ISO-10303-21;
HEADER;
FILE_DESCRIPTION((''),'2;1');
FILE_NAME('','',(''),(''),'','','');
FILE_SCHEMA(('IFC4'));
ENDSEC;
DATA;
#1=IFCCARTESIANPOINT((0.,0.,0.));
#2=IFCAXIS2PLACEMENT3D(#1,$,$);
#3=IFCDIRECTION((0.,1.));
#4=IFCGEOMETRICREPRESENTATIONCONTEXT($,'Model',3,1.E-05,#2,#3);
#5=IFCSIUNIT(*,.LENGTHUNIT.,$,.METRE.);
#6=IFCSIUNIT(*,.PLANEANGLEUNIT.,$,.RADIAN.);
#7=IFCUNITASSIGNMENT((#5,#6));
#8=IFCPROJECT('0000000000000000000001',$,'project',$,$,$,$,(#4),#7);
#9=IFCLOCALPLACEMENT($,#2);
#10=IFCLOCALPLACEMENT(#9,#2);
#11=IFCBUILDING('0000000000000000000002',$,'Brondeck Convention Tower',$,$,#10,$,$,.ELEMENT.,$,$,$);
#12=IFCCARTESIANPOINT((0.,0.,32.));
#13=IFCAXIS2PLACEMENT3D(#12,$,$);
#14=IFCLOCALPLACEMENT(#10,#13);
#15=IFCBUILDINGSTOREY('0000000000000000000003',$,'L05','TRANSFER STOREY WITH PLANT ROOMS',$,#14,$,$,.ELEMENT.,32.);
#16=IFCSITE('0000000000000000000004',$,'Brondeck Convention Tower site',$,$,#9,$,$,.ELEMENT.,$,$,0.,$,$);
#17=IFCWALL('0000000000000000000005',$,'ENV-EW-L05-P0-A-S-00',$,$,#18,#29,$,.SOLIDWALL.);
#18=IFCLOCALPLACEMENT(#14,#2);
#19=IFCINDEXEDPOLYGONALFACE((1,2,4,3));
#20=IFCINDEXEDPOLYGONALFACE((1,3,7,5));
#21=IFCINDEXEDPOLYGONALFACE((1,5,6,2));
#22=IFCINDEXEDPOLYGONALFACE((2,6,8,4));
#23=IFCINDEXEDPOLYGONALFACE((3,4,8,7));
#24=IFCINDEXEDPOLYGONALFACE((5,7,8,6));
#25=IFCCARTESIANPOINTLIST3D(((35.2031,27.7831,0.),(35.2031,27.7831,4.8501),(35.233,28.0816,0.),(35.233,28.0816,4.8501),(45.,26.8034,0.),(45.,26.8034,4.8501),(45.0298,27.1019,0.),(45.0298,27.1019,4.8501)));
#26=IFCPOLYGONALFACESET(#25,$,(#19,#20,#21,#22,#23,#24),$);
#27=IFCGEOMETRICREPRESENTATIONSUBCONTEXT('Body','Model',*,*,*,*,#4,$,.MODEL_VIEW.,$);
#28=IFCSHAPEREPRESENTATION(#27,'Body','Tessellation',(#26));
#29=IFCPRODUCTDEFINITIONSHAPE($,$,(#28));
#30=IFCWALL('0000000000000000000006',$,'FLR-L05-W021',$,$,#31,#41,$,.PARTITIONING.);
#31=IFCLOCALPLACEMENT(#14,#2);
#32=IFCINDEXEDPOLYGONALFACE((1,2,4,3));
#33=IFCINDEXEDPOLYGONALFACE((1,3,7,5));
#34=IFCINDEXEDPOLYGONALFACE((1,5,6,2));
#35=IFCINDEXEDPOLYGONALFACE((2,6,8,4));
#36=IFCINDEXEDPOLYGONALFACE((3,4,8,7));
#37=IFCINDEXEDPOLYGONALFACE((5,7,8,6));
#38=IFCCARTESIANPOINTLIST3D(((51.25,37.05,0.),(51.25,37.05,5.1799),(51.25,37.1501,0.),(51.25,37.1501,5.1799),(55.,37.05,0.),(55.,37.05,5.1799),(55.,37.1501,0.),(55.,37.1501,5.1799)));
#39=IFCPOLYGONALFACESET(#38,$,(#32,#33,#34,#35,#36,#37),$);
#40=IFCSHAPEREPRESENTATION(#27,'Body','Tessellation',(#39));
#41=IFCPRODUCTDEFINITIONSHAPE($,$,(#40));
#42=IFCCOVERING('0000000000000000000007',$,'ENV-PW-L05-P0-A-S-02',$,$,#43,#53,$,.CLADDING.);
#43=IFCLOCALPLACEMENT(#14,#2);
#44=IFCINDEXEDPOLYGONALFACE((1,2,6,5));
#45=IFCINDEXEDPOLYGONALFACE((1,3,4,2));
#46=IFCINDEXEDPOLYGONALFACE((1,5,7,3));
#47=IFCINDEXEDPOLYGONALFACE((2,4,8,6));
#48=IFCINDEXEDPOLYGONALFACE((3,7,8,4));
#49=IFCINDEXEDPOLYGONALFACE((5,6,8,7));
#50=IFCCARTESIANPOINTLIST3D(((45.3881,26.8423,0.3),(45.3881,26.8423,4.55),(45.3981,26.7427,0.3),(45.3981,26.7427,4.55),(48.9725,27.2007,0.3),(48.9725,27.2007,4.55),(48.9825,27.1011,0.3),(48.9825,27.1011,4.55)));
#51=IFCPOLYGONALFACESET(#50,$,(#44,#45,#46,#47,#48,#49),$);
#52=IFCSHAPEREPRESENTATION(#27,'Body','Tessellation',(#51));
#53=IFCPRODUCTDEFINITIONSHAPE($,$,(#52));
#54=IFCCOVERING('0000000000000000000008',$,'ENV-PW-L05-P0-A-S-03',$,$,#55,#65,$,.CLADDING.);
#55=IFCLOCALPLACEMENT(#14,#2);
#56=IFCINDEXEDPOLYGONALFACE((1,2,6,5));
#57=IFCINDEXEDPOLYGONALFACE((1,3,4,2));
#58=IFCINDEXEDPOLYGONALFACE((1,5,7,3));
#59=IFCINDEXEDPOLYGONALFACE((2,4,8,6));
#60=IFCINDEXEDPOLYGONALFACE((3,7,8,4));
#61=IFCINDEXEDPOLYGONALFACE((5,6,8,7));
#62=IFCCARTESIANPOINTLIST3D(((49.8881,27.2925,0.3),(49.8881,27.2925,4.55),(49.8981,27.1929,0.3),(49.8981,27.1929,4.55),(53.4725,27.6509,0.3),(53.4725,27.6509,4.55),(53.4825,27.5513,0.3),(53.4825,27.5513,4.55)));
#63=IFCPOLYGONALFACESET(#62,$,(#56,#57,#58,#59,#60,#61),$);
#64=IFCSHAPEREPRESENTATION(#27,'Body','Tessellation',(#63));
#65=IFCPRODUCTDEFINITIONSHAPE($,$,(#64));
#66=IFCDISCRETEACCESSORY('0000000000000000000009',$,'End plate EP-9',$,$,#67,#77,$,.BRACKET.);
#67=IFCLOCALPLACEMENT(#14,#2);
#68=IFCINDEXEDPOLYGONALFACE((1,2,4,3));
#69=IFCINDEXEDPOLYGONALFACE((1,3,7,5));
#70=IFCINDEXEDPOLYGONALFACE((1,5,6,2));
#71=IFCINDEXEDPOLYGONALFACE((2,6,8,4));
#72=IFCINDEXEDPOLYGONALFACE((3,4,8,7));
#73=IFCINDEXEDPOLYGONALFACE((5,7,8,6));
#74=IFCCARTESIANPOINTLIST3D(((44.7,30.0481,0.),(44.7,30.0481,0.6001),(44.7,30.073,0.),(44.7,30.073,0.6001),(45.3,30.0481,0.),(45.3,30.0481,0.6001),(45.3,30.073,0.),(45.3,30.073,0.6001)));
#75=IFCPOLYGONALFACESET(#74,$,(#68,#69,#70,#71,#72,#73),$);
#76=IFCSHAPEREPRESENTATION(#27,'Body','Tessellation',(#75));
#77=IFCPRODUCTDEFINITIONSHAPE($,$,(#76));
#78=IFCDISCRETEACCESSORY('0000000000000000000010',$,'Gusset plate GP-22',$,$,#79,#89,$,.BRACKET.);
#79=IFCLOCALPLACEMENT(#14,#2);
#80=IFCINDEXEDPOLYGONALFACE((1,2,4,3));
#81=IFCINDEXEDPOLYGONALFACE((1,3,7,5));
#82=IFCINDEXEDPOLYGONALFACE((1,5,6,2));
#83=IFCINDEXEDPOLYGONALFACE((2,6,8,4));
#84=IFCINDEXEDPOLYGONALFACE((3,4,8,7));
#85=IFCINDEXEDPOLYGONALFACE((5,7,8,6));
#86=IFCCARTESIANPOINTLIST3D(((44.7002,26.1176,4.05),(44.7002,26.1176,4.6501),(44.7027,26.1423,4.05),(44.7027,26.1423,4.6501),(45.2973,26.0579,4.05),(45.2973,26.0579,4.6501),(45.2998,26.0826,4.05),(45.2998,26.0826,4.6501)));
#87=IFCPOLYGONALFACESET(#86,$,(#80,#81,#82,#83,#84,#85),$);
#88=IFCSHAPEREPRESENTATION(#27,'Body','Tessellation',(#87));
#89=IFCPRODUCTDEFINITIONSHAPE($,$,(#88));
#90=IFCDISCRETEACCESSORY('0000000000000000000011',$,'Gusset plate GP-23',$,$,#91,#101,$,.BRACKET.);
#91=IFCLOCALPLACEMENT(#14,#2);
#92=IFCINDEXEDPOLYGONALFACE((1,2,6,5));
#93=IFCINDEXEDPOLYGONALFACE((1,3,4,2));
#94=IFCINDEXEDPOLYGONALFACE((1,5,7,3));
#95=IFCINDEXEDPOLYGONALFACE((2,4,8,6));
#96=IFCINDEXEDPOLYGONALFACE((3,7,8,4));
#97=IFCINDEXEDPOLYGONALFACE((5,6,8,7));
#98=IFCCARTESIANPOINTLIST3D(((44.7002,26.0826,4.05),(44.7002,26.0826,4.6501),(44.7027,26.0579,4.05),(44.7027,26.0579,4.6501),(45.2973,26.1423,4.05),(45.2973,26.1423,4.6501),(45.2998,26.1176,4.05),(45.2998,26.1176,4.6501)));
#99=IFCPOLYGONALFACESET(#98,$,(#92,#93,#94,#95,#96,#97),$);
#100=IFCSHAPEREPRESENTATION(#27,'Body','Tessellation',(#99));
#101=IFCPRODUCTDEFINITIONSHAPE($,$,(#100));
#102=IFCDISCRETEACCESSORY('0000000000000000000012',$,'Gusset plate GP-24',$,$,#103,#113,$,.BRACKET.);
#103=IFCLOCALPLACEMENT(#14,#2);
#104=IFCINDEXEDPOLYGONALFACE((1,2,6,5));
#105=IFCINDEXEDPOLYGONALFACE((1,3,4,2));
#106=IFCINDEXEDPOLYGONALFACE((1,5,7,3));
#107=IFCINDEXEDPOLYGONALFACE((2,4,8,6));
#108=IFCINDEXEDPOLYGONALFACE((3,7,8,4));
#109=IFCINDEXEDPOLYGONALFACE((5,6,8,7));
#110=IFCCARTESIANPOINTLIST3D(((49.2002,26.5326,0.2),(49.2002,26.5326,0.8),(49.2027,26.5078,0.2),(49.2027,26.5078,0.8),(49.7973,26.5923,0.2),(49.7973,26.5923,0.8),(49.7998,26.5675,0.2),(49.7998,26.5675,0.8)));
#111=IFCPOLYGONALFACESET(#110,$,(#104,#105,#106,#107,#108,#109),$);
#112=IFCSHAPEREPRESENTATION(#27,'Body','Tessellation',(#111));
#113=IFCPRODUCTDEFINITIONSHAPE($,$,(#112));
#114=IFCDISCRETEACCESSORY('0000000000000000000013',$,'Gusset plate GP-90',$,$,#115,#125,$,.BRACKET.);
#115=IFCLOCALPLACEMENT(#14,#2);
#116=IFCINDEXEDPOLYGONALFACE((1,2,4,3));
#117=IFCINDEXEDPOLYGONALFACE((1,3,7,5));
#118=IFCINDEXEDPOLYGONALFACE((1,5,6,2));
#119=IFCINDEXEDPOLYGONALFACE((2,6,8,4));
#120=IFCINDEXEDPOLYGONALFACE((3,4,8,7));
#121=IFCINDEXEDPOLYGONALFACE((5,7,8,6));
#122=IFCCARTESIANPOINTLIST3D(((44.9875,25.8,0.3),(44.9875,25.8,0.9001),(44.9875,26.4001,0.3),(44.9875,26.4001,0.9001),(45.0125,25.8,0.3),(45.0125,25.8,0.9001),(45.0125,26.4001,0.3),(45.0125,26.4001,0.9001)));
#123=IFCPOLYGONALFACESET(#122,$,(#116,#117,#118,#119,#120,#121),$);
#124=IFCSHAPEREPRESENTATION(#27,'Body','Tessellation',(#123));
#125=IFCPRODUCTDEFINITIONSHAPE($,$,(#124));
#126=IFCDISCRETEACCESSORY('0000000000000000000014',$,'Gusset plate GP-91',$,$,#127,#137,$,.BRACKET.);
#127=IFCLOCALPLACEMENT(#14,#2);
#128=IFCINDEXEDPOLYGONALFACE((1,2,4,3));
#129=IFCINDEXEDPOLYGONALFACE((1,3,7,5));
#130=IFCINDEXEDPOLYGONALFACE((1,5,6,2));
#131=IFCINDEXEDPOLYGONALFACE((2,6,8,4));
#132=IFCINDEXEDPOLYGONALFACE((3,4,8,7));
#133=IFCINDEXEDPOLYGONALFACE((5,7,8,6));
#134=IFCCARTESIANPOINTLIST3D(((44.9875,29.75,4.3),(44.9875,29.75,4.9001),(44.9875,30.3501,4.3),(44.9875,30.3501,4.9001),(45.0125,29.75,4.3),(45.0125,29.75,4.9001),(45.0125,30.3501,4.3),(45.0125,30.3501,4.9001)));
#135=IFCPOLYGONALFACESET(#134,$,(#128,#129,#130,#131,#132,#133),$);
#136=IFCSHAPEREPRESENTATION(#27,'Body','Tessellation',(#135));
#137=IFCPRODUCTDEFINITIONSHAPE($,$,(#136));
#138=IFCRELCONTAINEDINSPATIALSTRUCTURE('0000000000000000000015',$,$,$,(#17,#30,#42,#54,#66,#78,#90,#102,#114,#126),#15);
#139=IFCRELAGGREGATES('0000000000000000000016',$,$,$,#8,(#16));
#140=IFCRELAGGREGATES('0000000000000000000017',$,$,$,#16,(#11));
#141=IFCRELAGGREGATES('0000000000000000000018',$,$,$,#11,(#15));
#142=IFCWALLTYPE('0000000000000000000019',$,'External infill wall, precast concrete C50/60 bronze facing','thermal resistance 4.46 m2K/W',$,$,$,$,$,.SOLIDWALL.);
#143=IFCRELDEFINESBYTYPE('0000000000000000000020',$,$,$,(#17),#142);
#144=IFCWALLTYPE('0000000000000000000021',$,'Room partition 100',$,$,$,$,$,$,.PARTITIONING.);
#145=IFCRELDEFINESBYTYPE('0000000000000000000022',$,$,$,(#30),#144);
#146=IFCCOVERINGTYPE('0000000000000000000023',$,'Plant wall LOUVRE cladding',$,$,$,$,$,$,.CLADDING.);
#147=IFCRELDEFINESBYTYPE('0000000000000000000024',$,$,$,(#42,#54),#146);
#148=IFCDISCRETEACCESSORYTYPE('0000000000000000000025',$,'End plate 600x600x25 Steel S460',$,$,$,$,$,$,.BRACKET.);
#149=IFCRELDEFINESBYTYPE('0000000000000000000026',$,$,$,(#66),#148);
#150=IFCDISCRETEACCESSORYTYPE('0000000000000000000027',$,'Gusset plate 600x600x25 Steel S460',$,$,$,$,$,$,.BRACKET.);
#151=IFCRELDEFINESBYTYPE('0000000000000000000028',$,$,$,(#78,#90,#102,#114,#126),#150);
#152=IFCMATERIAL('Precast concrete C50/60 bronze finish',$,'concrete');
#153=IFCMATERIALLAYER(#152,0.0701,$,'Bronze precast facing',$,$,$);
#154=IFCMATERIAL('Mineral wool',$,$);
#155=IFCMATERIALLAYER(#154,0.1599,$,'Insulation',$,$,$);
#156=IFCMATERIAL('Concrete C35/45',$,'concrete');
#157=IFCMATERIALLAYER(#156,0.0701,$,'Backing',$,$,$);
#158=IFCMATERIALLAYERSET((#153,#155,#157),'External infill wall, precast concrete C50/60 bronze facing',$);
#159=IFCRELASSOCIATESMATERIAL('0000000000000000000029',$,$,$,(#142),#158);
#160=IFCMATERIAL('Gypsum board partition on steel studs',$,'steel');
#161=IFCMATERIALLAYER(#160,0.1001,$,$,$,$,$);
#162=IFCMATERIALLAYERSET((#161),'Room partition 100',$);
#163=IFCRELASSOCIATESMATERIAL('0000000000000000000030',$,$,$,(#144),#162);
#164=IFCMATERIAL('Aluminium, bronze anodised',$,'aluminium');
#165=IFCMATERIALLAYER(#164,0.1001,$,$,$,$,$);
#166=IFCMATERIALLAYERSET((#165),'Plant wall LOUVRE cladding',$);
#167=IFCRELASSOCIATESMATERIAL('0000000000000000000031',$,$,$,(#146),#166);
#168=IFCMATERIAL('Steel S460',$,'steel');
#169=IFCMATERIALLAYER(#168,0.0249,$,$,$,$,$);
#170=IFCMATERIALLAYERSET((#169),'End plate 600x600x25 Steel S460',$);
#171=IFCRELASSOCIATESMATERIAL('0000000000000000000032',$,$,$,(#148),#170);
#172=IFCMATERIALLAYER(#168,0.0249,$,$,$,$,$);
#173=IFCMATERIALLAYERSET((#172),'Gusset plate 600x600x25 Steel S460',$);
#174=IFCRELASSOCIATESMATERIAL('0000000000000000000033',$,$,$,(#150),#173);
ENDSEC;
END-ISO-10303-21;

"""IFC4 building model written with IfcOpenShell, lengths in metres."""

from ifc_helpers import new_model, si_unit, direction, frame, frame_2d, origin, origin_2d, place, context, subcontext, project, spatial, rectangle, extrude, material, layer, layer_set, type_object, element, save


model = new_model("IFC4")

# Units and contexts
model_context = context("Model", 3, precision=1e-05, world=origin(), true_north=direction((0.0, 1.0)))
body_context = subcontext(model_context, "Body", "Model", "MODEL_VIEW")
ifc_project = project(units=[si_unit("LENGTHUNIT", "METRE"), si_unit("PLANEANGLEUNIT", "RADIAN")], contexts=[model_context])

# Site, building, storey
site_placement = place(None, origin())
site = spatial("IfcSite", under=ifc_project, at=site_placement, Name="Brondeck Convention Tower site", CompositionType="ELEMENT", RefElevation=0.0)
building_placement = place(site_placement, origin())
building = spatial("IfcBuilding", under=site, at=building_placement, Name="Brondeck Convention Tower", CompositionType="ELEMENT")
storey_placement = place(building_placement, frame((0.0, 0.0, 32.0)))
storey = spatial("IfcBuildingStorey", under=building, at=storey_placement, Name="L05", Description="TRANSFER STOREY WITH PLANT ROOMS", CompositionType="ELEMENT", Elevation=32.0)

# Shared definitions
ifc_material_1 = material(Name="Steel S460", Category="steel")

# Walls
ifc_material_2 = material(Name="Precast concrete C50/60 bronze finish", Category="concrete")
ifc_layer_1 = layer(ifc_material_2, 0.0701, Name="Bronze precast facing")
ifc_material_3 = material(Name="Mineral wool")
ifc_layer_2 = layer(ifc_material_3, 0.1599, Name="Insulation")
ifc_material_4 = material(Name="Concrete C35/45", Category="concrete")
ifc_layer_3 = layer(ifc_material_4, 0.0701, Name="Backing")
ifc_layer_set_1 = layer_set([ifc_layer_1, ifc_layer_2, ifc_layer_3], Name="External infill wall, precast concrete C50/60 bronze facing")
wall_type_1 = type_object("IfcWallType", Name="External infill wall, precast concrete C50/60 bronze facing", Description="thermal resistance 4.46 m2K/W", PredefinedType="SOLIDWALL", material=ifc_layer_set_1)
wall_1_placement = place(storey_placement, frame((45.0149, 26.9526, 0.0), z_axis=(0.0, 0.0, 1.0), x_axis=(-0.995037, 0.099509, 0.0)))
element("IfcWall", 1, at=wall_1_placement, inside=storey, type_object=wall_type_1, Name="ENV-EW-L05-P0-A-S-00", PredefinedType="SOLIDWALL", context=body_context, shape_type="SweptSolid", body=[
    extrude(rectangle(XDim=9.8457, YDim=0.3, at=frame_2d((4.9229, 0.0))), origin(), (0.0, 0.0, 1.0), 4.8501),
])
ifc_material_5 = material(Name="Gypsum board partition on steel studs", Category="steel")
ifc_layer_4 = layer(ifc_material_5, 0.1001)
ifc_layer_set_2 = layer_set([ifc_layer_4], Name="Room partition 100")
wall_type_2 = type_object("IfcWallType", Name="Room partition 100", PredefinedType="PARTITIONING", material=ifc_layer_set_2)
wall_2_placement = place(storey_placement, frame((51.25, 37.1001, 0.0), z_axis=(0.0, 0.0, 1.0), x_axis=(1.0, 0.0, 0.0)))
element("IfcWall", 2, at=wall_2_placement, inside=storey, type_object=wall_type_2, Name="FLR-L05-W021", PredefinedType="PARTITIONING", context=body_context, shape_type="SweptSolid", body=[
    extrude(rectangle(XDim=3.75, YDim=0.1001, at=frame_2d((1.875, 0.0))), origin(), (0.0, 0.0, 1.0), 5.1799),
])

# Coverings
ifc_material_6 = material(Name="Aluminium, bronze anodised", Category="aluminium")
ifc_layer_5 = layer(ifc_material_6, 0.1001)
ifc_layer_set_3 = layer_set([ifc_layer_5], Name="Plant wall LOUVRE cladding")
covering_type = type_object("IfcCoveringType", Name="Plant wall LOUVRE cladding", PredefinedType="CLADDING", material=ifc_layer_set_3)
for number, where, z_axis, x_axis, name in (
    (3, (47.1853, 26.9717, 0.3), (0.0, 0.0, 1.0), (0.995037, 0.099504, 0.0), "ENV-PW-L05-P0-A-S-02"),
    (4, (51.6853, 27.4219, 0.3), (0.0, 0.0, 1.0), (0.995037, 0.099504, 0.0), "ENV-PW-L05-P0-A-S-03"),
):
    element("IfcCovering", number, at=place(storey_placement, frame(where, z_axis=z_axis, x_axis=x_axis)), inside=storey, type_object=covering_type, Name=name, PredefinedType="CLADDING", context=body_context, shape_type="SweptSolid", body=[
        extrude(rectangle(XDim=3.6023, YDim=0.1001, at=origin_2d()), origin(), (0.0, 0.0, 1.0), 4.25),
    ])

# Discrete accessories
ifc_layer_6 = layer(ifc_material_1, 0.0249)
ifc_layer_set_4 = layer_set([ifc_layer_6], Name="End plate 600x600x25 Steel S460")
discrete_accessory_type_1 = type_object("IfcDiscreteAccessoryType", Name="End plate 600x600x25 Steel S460", PredefinedType="BRACKET", material=ifc_layer_set_4)
discrete_accessory_placement = place(storey_placement, frame((45.0, 30.0605, 0.0), z_axis=(0.0, 0.0, 1.0), x_axis=(-1.0, 0.0, 0.0)))
element("IfcDiscreteAccessory", 5, at=discrete_accessory_placement, inside=storey, type_object=discrete_accessory_type_1, Name="End plate EP-9", PredefinedType="BRACKET", context=body_context, shape_type="SweptSolid", body=[
    extrude(rectangle(XDim=0.6001, YDim=0.0249, at=origin_2d()), origin(), (0.0, 0.0, 1.0), 0.6001),
])
ifc_layer_7 = layer(ifc_material_1, 0.0249)
ifc_layer_set_5 = layer_set([ifc_layer_7], Name="Gusset plate 600x600x25 Steel S460")
discrete_accessory_type_2 = type_object("IfcDiscreteAccessoryType", Name="Gusset plate 600x600x25 Steel S460", PredefinedType="BRACKET", material=ifc_layer_set_5)
for number, where, z_axis, x_axis, name in (
    (6, (45.0, 26.1001, 4.05), (0.0, 0.0, 1.0), (-0.995036, 0.099511, 0.0), "Gusset plate GP-22"),
    (7, (45.0, 26.1001, 4.05), (0.0, 0.0, 1.0), (0.995036, 0.099511, 0.0), "Gusset plate GP-23"),
    (8, (49.5, 26.55, 0.2), (0.0, 0.0, 1.0), (0.995036, 0.099511, 0.0), "Gusset plate GP-24"),
    (9, (45.0, 26.1001, 0.3), (0.0, 0.0, 1.0), (0.0, 1.0, 0.0), "Gusset plate GP-90"),
    (10, (45.0, 30.05, 4.3), (0.0, 0.0, 1.0), (0.0, 1.0, 0.0), "Gusset plate GP-91"),
):
    element("IfcDiscreteAccessory", number, at=place(storey_placement, frame(where, z_axis=z_axis, x_axis=x_axis)), inside=storey, type_object=discrete_accessory_type_2, Name=name, PredefinedType="BRACKET", context=body_context, shape_type="SweptSolid", body=[
        extrude(rectangle(XDim=0.6001, YDim=0.0249, at=origin_2d()), origin(), (0.0, 0.0, 1.0), 0.6001),
    ])

save(model, "model.ifc")
